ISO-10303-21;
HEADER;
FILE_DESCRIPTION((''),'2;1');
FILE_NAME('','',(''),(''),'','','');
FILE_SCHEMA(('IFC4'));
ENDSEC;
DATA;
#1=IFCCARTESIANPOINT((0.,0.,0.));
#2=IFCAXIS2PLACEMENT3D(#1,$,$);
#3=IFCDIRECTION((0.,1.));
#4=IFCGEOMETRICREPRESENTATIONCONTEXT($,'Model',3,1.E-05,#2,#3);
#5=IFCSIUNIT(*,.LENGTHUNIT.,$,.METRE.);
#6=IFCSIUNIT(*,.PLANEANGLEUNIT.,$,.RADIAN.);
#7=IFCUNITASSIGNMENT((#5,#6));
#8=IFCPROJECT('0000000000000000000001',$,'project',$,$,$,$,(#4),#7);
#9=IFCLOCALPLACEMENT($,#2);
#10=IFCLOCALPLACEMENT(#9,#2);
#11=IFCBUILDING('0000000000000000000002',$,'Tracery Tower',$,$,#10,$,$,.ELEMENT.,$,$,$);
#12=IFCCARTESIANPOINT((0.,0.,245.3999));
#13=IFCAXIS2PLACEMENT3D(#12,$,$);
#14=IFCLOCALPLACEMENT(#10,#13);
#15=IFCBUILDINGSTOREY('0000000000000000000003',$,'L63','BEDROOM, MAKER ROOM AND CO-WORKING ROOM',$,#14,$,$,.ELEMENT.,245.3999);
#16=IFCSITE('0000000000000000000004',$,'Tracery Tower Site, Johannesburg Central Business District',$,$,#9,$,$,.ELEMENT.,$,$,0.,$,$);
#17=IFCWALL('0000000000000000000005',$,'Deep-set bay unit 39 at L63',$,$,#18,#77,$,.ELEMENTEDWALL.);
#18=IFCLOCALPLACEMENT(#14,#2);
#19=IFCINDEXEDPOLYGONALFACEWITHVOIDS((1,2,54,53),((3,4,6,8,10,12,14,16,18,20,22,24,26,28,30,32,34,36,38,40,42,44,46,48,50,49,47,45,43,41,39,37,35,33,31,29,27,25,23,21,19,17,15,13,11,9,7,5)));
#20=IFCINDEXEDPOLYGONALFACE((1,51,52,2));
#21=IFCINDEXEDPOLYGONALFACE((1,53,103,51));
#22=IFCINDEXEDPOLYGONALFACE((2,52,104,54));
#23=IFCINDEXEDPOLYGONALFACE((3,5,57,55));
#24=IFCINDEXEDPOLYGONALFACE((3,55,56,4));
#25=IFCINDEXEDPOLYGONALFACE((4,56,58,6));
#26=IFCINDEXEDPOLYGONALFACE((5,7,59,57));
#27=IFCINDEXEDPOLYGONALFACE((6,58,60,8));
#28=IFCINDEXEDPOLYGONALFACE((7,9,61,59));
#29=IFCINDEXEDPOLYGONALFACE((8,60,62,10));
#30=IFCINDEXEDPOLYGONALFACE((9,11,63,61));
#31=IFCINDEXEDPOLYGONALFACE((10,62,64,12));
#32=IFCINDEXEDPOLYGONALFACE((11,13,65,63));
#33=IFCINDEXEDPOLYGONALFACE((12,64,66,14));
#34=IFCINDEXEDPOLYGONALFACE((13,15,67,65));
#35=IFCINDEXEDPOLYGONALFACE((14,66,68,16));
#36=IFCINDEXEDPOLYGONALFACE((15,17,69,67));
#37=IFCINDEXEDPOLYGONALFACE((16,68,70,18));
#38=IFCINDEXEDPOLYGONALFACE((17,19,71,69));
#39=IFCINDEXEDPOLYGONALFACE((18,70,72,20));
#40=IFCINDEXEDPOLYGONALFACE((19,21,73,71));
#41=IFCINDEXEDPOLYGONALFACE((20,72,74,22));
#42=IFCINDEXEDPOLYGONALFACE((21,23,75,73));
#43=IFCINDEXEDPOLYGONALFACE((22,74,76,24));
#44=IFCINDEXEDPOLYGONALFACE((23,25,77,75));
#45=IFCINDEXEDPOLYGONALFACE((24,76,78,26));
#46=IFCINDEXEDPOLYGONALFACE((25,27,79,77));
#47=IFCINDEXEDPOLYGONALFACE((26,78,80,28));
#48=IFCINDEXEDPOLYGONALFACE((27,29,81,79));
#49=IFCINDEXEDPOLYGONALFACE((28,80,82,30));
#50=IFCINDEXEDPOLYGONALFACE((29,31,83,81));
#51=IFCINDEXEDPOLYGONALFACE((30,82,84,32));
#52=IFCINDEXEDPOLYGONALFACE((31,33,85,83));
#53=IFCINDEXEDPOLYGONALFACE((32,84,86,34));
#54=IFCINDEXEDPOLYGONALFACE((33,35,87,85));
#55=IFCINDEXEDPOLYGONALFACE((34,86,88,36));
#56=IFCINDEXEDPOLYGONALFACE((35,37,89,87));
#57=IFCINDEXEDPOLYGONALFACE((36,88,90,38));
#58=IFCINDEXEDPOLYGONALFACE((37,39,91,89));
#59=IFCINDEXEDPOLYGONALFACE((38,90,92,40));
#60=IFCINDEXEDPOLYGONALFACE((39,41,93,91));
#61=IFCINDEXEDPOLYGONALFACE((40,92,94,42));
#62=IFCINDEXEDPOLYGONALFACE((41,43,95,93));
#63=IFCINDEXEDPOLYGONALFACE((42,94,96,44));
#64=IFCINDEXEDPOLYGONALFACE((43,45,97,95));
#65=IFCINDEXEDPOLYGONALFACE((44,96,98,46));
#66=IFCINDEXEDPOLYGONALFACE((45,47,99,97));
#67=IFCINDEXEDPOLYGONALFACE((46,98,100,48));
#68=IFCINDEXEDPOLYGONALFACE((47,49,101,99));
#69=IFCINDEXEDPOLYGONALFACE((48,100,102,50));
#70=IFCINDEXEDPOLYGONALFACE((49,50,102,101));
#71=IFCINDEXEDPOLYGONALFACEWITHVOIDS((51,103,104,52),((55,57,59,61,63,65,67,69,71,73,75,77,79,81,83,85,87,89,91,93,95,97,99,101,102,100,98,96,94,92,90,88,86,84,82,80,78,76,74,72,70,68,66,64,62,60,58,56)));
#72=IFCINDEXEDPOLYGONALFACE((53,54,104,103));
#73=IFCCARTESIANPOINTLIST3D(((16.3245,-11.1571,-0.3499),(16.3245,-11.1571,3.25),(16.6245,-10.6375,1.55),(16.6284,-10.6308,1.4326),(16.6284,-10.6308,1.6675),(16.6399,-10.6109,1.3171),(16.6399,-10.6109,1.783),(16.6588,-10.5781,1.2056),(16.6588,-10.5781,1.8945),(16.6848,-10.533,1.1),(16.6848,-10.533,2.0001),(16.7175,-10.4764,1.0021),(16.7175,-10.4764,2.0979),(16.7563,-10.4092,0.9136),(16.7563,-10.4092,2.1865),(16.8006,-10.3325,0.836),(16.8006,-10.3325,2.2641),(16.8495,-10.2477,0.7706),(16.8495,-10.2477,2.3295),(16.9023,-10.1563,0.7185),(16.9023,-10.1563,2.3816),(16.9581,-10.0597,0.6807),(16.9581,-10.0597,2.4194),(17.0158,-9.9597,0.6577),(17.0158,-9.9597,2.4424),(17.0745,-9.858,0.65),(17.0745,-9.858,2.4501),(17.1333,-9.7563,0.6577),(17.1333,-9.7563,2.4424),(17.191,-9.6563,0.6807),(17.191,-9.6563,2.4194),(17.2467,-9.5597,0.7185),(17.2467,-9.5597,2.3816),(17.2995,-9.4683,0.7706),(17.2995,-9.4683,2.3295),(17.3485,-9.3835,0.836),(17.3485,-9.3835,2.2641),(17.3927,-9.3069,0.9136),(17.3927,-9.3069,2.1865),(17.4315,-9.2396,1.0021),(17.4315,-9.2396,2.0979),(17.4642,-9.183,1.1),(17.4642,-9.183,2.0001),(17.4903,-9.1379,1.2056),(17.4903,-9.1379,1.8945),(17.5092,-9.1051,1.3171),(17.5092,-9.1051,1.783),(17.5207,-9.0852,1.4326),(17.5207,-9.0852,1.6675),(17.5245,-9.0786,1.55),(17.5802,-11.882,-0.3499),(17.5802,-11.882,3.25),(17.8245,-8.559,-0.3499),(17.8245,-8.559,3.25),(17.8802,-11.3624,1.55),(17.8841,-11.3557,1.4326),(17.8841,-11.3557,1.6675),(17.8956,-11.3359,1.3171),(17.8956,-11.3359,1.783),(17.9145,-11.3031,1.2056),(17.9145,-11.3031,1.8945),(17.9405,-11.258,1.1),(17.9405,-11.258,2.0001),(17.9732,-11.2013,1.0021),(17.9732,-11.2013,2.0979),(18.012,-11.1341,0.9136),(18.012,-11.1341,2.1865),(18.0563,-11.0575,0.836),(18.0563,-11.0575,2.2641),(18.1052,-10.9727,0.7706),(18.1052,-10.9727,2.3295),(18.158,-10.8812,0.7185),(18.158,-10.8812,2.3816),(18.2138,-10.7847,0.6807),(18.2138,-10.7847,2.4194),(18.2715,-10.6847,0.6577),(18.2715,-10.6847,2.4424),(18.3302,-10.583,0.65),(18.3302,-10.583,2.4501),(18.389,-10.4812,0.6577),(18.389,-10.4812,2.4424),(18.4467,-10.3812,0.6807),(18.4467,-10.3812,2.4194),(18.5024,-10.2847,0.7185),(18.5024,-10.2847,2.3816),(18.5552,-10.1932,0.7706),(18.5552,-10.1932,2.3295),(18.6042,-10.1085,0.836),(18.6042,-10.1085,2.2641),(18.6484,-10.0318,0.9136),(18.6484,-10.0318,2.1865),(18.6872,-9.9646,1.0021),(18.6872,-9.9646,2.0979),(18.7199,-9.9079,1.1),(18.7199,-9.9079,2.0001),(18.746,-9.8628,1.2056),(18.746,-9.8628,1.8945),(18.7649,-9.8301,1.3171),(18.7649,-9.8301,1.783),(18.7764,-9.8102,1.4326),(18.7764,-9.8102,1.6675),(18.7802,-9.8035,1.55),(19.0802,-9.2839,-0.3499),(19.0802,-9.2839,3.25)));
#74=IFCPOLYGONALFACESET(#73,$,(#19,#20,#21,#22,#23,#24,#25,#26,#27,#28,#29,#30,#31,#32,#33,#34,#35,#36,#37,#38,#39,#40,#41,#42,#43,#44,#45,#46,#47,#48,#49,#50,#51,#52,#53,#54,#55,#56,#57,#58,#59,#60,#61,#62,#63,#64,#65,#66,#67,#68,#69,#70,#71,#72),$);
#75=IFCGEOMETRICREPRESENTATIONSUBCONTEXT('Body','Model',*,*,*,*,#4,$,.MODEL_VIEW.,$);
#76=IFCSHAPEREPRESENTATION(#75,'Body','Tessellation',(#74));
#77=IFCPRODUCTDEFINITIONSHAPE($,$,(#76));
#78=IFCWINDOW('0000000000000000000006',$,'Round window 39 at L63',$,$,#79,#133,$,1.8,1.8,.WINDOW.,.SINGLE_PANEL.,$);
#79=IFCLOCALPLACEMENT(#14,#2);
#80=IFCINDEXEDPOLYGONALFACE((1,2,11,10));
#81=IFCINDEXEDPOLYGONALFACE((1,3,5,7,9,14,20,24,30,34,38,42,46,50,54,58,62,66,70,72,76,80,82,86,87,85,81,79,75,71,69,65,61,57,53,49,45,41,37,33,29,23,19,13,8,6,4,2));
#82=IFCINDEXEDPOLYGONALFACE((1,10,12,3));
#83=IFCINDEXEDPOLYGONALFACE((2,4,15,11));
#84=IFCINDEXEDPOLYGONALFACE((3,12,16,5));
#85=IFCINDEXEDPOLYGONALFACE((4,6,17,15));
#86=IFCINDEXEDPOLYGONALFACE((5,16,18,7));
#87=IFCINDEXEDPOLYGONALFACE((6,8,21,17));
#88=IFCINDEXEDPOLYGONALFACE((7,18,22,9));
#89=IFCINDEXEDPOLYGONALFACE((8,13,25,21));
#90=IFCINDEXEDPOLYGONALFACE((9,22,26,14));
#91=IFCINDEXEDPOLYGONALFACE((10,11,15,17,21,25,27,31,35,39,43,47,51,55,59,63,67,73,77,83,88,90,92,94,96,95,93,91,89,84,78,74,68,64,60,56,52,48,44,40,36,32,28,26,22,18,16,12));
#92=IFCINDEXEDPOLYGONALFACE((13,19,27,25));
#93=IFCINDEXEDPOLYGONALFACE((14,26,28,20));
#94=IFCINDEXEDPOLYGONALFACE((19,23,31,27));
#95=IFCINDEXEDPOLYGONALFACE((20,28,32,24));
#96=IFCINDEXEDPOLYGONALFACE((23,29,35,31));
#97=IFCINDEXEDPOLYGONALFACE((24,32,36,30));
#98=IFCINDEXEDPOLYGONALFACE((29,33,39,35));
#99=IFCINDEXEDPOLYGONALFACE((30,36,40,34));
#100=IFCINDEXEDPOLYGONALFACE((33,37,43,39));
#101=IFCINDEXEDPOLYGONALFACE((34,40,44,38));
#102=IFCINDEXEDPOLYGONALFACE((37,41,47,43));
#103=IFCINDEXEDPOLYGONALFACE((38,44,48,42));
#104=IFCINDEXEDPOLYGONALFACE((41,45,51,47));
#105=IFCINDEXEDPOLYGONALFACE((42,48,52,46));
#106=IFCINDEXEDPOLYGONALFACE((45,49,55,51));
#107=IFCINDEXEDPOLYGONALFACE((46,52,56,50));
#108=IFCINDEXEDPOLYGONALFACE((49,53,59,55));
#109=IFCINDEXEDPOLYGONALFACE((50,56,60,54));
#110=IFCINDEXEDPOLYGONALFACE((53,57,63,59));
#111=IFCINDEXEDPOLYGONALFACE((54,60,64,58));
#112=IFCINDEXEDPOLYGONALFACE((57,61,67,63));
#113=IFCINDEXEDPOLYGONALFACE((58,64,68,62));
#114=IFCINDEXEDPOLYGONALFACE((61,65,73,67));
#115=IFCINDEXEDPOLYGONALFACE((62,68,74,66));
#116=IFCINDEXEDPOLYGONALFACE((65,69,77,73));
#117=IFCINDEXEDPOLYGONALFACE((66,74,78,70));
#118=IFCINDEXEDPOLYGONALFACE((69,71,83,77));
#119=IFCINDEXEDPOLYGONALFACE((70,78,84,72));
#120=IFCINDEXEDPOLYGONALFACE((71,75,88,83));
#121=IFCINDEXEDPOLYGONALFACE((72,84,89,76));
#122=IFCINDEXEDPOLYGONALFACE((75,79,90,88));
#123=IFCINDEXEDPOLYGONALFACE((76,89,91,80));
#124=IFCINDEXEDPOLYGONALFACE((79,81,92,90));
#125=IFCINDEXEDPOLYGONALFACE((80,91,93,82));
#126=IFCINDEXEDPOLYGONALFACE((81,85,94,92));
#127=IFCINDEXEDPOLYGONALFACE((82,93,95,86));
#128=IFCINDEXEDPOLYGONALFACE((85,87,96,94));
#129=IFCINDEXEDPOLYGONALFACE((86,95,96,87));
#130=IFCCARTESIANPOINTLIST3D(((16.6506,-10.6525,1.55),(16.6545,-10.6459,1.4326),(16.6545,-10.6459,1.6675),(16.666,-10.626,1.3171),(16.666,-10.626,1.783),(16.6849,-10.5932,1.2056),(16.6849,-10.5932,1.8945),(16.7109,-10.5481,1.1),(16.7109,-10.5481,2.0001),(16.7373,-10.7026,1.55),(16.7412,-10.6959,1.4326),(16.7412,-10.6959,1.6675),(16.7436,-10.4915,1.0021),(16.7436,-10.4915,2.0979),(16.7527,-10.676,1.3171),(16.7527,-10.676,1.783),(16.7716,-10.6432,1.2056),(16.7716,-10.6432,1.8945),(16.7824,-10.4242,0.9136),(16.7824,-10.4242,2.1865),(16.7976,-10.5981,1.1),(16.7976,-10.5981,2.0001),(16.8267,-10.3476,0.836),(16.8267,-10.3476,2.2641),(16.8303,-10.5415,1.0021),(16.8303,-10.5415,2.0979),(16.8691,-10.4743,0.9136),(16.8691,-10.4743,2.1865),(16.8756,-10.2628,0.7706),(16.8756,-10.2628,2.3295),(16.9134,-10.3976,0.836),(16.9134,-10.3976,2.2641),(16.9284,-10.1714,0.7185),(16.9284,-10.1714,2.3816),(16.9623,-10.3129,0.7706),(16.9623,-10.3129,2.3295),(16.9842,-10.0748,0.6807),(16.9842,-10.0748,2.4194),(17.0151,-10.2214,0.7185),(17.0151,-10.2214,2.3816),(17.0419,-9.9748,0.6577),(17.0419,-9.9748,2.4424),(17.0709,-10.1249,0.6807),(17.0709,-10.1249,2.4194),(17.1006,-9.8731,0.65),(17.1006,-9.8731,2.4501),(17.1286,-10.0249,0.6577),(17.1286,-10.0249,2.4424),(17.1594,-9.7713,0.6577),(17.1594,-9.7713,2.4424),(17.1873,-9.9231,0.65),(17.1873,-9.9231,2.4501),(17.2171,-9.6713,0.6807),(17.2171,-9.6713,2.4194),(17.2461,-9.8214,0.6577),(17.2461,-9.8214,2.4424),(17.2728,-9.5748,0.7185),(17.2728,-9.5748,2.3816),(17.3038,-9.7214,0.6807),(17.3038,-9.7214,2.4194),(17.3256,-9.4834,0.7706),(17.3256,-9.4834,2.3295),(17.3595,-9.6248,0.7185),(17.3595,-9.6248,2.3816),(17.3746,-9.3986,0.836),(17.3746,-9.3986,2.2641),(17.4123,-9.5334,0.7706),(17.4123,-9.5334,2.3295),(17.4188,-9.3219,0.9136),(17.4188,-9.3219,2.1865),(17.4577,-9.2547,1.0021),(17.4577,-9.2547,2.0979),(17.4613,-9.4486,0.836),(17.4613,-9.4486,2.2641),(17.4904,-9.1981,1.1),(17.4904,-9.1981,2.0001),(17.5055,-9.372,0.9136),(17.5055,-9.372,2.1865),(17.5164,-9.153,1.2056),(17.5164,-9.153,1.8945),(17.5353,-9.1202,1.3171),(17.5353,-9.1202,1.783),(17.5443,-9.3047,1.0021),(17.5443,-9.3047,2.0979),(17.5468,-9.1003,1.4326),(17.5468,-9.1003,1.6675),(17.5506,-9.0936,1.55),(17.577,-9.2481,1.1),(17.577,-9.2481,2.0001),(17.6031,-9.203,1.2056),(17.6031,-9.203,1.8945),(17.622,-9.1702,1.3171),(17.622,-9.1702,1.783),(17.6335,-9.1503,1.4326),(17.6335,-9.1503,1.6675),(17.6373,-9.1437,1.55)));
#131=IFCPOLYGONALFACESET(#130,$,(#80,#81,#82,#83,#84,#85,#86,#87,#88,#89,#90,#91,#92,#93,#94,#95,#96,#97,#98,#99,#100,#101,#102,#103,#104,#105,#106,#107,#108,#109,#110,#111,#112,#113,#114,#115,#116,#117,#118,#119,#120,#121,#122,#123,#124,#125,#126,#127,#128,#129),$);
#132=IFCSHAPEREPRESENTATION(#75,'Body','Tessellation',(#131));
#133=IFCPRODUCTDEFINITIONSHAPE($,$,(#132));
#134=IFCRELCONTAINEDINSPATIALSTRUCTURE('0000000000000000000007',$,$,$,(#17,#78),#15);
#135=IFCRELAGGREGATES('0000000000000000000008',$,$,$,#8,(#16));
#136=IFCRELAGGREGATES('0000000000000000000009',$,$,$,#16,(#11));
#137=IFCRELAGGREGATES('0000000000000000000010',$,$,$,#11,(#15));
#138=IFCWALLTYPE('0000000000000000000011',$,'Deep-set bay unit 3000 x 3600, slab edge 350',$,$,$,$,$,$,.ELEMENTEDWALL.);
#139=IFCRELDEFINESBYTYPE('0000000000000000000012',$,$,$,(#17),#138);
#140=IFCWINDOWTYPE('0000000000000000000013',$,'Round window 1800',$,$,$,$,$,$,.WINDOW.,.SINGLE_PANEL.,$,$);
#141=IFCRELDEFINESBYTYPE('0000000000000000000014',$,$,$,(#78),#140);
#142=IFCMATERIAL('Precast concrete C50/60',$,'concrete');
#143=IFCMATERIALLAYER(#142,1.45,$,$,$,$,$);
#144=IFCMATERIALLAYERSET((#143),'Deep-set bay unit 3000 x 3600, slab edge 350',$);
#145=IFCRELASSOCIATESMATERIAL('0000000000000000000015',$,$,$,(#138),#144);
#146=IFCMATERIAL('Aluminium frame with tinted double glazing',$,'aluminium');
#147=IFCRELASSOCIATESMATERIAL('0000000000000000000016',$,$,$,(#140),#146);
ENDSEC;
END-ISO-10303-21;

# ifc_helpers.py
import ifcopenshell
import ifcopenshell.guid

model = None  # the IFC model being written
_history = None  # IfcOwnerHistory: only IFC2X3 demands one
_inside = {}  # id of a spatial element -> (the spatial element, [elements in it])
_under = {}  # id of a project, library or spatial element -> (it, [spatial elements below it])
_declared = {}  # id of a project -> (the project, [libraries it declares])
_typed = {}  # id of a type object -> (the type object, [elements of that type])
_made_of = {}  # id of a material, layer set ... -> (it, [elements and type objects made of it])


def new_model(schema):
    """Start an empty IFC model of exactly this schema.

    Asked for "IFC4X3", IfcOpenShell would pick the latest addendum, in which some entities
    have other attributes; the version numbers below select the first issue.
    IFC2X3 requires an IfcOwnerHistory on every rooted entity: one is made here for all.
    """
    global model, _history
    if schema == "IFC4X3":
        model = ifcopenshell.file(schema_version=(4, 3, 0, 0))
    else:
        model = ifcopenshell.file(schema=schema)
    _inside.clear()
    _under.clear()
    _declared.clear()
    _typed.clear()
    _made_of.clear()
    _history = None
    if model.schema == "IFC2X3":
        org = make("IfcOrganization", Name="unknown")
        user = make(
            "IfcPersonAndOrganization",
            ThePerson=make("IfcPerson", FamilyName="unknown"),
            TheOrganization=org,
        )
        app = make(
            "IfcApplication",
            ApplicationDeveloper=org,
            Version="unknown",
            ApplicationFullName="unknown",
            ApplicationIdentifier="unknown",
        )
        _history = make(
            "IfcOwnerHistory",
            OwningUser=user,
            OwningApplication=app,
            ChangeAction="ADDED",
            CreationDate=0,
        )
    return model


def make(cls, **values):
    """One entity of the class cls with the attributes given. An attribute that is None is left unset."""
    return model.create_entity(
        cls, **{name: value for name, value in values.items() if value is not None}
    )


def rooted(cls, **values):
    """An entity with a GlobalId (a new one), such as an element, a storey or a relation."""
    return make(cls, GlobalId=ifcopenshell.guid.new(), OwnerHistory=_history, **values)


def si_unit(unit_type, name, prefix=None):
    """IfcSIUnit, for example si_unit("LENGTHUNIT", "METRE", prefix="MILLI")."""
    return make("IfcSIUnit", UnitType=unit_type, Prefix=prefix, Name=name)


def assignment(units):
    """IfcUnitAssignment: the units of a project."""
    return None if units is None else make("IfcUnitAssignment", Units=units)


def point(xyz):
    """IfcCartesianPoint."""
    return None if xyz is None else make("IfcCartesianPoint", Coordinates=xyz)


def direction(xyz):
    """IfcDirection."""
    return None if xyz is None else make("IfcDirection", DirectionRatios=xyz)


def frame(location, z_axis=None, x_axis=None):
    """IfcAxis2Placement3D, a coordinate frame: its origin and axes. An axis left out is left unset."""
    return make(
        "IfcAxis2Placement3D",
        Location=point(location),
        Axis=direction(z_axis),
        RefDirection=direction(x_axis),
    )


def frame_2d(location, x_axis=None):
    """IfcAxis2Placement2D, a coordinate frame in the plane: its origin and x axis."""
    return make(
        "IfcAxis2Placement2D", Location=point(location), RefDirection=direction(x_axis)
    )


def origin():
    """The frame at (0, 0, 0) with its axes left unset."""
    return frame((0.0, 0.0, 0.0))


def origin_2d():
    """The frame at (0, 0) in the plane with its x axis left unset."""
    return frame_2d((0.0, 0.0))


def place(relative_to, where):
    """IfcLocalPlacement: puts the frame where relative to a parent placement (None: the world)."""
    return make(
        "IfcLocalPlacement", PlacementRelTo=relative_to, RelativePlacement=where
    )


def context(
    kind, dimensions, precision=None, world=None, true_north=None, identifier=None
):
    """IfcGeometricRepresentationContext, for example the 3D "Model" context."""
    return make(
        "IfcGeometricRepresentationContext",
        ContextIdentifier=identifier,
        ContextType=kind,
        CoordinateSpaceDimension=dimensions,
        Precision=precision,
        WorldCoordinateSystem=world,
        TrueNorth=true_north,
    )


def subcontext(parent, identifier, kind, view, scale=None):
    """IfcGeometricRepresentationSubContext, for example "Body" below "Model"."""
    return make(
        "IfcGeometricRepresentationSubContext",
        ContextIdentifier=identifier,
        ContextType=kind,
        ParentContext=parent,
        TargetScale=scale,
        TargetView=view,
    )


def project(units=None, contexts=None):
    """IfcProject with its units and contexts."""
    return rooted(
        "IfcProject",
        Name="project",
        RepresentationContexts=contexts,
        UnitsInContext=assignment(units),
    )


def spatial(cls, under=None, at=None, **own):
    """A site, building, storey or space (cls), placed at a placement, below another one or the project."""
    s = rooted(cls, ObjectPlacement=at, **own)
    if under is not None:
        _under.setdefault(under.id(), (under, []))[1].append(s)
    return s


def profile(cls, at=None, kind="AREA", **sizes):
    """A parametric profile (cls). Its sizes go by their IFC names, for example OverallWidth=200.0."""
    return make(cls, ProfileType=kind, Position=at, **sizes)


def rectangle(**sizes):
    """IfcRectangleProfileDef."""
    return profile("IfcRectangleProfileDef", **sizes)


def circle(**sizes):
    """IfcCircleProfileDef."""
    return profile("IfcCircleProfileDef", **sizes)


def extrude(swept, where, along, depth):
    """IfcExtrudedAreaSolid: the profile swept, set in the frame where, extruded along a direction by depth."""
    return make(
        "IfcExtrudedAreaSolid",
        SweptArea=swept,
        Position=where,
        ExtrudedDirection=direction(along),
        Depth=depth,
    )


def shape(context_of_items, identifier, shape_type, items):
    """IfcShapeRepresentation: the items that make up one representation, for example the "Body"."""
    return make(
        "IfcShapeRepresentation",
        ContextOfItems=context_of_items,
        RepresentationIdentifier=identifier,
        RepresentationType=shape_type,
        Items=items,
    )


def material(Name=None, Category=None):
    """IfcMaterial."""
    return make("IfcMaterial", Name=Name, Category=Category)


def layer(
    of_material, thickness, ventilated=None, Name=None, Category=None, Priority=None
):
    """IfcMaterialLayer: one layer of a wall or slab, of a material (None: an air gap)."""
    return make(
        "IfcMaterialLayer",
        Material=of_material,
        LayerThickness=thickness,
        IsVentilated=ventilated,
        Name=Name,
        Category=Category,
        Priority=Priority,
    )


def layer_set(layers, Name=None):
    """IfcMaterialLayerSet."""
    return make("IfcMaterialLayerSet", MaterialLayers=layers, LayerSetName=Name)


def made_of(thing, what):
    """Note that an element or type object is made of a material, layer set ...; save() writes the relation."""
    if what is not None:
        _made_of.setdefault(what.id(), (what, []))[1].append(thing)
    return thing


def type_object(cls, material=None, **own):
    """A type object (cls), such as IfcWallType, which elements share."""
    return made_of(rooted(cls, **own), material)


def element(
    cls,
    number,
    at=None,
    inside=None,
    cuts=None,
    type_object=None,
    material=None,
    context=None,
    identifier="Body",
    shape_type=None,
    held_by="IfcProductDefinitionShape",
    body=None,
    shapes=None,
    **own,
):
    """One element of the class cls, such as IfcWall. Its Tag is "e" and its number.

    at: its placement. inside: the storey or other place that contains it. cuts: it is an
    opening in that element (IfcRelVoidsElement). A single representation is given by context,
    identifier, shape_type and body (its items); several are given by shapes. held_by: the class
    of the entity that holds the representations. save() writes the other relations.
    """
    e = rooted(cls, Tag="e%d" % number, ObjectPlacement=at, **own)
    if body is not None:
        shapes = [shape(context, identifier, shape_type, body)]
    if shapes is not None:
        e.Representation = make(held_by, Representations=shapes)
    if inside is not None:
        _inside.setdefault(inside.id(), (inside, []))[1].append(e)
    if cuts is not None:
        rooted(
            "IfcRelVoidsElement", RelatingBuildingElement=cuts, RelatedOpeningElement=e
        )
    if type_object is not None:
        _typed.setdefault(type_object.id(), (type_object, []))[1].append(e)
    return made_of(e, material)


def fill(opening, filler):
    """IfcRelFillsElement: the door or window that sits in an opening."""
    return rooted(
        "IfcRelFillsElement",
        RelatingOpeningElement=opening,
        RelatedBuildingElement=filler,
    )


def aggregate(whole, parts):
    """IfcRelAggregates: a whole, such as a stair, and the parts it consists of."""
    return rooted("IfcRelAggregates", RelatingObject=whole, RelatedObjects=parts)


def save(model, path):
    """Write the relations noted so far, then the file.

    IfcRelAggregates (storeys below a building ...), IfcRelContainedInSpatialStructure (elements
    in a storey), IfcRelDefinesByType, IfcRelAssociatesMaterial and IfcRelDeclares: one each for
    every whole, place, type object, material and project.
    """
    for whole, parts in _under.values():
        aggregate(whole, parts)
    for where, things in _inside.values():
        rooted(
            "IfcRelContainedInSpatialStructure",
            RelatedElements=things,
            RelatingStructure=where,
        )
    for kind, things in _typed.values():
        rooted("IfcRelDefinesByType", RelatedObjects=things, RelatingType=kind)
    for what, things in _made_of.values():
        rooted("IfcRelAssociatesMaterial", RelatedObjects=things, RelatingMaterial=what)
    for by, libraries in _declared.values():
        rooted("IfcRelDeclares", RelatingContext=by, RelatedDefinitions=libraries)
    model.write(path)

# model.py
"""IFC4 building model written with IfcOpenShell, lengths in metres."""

from ifc_helpers import new_model, si_unit, direction, frame, frame_2d, origin, origin_2d, place, context, subcontext, project, spatial, rectangle, circle, extrude, material, layer, layer_set, type_object, element, fill, save


model = new_model("IFC4")

# Units and contexts
model_context = context("Model", 3, precision=1e-05, world=origin(), true_north=direction((0.0, 1.0)))
body_context = subcontext(model_context, "Body", "Model", "MODEL_VIEW")
ifc_project = project(units=[si_unit("LENGTHUNIT", "METRE"), si_unit("PLANEANGLEUNIT", "RADIAN")], contexts=[model_context])

# Site, building, storey
site_placement = place(None, origin())
site = spatial("IfcSite", under=ifc_project, at=site_placement, Name="Tracery Tower Site, Johannesburg Central Business District", CompositionType="ELEMENT", RefElevation=0.0)
building_placement = place(site_placement, origin())
building = spatial("IfcBuilding", under=site, at=building_placement, Name="Tracery Tower", CompositionType="ELEMENT")
storey_placement = place(building_placement, frame((0.0, 0.0, 245.3999)))
storey = spatial("IfcBuildingStorey", under=building, at=storey_placement, Name="L63", Description="BEDROOM, MAKER ROOM AND CO-WORKING ROOM", CompositionType="ELEMENT", Elevation=245.3999)

# Wall, opening, window
ifc_material_1 = material(Name="Precast concrete C50/60", Category="concrete")
ifc_layer_1 = layer(ifc_material_1, 1.45)
ifc_layer_set_1 = layer_set([ifc_layer_1], Name="Deep-set bay unit 3000 x 3600, slab edge 350")
wall_type_1 = type_object("IfcWallType", Name="Deep-set bay unit 3000 x 3600, slab edge 350", PredefinedType="ELEMENTEDWALL", material=ifc_layer_set_1)
ifc_material_2 = material(Name="Aluminium frame with tinted double glazing", Category="aluminium")
window_type = type_object("IfcWindowType", Name="Round window 1800", PartitioningType="SINGLE_PANEL", PredefinedType="WINDOW", material=ifc_material_2)
wall_1_placement = place(storey_placement, frame((16.9524, -11.5195, -0.3499), z_axis=(0.0, 0.0, 1.0), x_axis=(0.49999, 0.866031, 0.0)))
wall_1 = element("IfcWall", 1, at=wall_1_placement, inside=storey, type_object=wall_type_1, Name="Deep-set bay unit 39 at L63", PredefinedType="ELEMENTEDWALL", context=body_context, shape_type="SweptSolid", body=[
    extrude(rectangle(XDim=3.0, YDim=1.45, at=frame_2d((1.5, 0.0))), origin(), (0.0, 0.0, 1.0), 3.5999),
])
opening_1_placement = place(wall_1_placement, frame((1.5, 0.0, 1.8999)))
opening_1 = element("IfcOpeningElement", 2, at=opening_1_placement, cuts=wall_1, PredefinedType="OPENING", context=body_context, shape_type="SweptSolid", body=[
    extrude(circle(Radius=0.9, at=origin_2d()), frame((0.0, 0.7349, 0.0), z_axis=(0.0, -1.0, 0.0), x_axis=(1.0, 0.0, 0.0)), (0.0, 0.0, 1.0), 1.47),
])
window_1_placement = place(opening_1_placement, origin())
window_1 = element("IfcWindow", 3, at=window_1_placement, inside=storey, type_object=window_type, Name="Round window 39 at L63", OverallHeight=1.8, OverallWidth=1.8, PartitioningType="SINGLE_PANEL", PredefinedType="WINDOW", context=body_context, shape_type="SweptSolid", body=[
    extrude(circle(Radius=0.9, at=origin_2d()), frame((0.0, 0.6948, 0.0), z_axis=(0.0, -1.0, 0.0), x_axis=(1.0, 0.0, 0.0)), (0.0, 0.0, 1.0), 0.1001),
])
fill(opening_1, window_1)

save(model, "model.ifc")
